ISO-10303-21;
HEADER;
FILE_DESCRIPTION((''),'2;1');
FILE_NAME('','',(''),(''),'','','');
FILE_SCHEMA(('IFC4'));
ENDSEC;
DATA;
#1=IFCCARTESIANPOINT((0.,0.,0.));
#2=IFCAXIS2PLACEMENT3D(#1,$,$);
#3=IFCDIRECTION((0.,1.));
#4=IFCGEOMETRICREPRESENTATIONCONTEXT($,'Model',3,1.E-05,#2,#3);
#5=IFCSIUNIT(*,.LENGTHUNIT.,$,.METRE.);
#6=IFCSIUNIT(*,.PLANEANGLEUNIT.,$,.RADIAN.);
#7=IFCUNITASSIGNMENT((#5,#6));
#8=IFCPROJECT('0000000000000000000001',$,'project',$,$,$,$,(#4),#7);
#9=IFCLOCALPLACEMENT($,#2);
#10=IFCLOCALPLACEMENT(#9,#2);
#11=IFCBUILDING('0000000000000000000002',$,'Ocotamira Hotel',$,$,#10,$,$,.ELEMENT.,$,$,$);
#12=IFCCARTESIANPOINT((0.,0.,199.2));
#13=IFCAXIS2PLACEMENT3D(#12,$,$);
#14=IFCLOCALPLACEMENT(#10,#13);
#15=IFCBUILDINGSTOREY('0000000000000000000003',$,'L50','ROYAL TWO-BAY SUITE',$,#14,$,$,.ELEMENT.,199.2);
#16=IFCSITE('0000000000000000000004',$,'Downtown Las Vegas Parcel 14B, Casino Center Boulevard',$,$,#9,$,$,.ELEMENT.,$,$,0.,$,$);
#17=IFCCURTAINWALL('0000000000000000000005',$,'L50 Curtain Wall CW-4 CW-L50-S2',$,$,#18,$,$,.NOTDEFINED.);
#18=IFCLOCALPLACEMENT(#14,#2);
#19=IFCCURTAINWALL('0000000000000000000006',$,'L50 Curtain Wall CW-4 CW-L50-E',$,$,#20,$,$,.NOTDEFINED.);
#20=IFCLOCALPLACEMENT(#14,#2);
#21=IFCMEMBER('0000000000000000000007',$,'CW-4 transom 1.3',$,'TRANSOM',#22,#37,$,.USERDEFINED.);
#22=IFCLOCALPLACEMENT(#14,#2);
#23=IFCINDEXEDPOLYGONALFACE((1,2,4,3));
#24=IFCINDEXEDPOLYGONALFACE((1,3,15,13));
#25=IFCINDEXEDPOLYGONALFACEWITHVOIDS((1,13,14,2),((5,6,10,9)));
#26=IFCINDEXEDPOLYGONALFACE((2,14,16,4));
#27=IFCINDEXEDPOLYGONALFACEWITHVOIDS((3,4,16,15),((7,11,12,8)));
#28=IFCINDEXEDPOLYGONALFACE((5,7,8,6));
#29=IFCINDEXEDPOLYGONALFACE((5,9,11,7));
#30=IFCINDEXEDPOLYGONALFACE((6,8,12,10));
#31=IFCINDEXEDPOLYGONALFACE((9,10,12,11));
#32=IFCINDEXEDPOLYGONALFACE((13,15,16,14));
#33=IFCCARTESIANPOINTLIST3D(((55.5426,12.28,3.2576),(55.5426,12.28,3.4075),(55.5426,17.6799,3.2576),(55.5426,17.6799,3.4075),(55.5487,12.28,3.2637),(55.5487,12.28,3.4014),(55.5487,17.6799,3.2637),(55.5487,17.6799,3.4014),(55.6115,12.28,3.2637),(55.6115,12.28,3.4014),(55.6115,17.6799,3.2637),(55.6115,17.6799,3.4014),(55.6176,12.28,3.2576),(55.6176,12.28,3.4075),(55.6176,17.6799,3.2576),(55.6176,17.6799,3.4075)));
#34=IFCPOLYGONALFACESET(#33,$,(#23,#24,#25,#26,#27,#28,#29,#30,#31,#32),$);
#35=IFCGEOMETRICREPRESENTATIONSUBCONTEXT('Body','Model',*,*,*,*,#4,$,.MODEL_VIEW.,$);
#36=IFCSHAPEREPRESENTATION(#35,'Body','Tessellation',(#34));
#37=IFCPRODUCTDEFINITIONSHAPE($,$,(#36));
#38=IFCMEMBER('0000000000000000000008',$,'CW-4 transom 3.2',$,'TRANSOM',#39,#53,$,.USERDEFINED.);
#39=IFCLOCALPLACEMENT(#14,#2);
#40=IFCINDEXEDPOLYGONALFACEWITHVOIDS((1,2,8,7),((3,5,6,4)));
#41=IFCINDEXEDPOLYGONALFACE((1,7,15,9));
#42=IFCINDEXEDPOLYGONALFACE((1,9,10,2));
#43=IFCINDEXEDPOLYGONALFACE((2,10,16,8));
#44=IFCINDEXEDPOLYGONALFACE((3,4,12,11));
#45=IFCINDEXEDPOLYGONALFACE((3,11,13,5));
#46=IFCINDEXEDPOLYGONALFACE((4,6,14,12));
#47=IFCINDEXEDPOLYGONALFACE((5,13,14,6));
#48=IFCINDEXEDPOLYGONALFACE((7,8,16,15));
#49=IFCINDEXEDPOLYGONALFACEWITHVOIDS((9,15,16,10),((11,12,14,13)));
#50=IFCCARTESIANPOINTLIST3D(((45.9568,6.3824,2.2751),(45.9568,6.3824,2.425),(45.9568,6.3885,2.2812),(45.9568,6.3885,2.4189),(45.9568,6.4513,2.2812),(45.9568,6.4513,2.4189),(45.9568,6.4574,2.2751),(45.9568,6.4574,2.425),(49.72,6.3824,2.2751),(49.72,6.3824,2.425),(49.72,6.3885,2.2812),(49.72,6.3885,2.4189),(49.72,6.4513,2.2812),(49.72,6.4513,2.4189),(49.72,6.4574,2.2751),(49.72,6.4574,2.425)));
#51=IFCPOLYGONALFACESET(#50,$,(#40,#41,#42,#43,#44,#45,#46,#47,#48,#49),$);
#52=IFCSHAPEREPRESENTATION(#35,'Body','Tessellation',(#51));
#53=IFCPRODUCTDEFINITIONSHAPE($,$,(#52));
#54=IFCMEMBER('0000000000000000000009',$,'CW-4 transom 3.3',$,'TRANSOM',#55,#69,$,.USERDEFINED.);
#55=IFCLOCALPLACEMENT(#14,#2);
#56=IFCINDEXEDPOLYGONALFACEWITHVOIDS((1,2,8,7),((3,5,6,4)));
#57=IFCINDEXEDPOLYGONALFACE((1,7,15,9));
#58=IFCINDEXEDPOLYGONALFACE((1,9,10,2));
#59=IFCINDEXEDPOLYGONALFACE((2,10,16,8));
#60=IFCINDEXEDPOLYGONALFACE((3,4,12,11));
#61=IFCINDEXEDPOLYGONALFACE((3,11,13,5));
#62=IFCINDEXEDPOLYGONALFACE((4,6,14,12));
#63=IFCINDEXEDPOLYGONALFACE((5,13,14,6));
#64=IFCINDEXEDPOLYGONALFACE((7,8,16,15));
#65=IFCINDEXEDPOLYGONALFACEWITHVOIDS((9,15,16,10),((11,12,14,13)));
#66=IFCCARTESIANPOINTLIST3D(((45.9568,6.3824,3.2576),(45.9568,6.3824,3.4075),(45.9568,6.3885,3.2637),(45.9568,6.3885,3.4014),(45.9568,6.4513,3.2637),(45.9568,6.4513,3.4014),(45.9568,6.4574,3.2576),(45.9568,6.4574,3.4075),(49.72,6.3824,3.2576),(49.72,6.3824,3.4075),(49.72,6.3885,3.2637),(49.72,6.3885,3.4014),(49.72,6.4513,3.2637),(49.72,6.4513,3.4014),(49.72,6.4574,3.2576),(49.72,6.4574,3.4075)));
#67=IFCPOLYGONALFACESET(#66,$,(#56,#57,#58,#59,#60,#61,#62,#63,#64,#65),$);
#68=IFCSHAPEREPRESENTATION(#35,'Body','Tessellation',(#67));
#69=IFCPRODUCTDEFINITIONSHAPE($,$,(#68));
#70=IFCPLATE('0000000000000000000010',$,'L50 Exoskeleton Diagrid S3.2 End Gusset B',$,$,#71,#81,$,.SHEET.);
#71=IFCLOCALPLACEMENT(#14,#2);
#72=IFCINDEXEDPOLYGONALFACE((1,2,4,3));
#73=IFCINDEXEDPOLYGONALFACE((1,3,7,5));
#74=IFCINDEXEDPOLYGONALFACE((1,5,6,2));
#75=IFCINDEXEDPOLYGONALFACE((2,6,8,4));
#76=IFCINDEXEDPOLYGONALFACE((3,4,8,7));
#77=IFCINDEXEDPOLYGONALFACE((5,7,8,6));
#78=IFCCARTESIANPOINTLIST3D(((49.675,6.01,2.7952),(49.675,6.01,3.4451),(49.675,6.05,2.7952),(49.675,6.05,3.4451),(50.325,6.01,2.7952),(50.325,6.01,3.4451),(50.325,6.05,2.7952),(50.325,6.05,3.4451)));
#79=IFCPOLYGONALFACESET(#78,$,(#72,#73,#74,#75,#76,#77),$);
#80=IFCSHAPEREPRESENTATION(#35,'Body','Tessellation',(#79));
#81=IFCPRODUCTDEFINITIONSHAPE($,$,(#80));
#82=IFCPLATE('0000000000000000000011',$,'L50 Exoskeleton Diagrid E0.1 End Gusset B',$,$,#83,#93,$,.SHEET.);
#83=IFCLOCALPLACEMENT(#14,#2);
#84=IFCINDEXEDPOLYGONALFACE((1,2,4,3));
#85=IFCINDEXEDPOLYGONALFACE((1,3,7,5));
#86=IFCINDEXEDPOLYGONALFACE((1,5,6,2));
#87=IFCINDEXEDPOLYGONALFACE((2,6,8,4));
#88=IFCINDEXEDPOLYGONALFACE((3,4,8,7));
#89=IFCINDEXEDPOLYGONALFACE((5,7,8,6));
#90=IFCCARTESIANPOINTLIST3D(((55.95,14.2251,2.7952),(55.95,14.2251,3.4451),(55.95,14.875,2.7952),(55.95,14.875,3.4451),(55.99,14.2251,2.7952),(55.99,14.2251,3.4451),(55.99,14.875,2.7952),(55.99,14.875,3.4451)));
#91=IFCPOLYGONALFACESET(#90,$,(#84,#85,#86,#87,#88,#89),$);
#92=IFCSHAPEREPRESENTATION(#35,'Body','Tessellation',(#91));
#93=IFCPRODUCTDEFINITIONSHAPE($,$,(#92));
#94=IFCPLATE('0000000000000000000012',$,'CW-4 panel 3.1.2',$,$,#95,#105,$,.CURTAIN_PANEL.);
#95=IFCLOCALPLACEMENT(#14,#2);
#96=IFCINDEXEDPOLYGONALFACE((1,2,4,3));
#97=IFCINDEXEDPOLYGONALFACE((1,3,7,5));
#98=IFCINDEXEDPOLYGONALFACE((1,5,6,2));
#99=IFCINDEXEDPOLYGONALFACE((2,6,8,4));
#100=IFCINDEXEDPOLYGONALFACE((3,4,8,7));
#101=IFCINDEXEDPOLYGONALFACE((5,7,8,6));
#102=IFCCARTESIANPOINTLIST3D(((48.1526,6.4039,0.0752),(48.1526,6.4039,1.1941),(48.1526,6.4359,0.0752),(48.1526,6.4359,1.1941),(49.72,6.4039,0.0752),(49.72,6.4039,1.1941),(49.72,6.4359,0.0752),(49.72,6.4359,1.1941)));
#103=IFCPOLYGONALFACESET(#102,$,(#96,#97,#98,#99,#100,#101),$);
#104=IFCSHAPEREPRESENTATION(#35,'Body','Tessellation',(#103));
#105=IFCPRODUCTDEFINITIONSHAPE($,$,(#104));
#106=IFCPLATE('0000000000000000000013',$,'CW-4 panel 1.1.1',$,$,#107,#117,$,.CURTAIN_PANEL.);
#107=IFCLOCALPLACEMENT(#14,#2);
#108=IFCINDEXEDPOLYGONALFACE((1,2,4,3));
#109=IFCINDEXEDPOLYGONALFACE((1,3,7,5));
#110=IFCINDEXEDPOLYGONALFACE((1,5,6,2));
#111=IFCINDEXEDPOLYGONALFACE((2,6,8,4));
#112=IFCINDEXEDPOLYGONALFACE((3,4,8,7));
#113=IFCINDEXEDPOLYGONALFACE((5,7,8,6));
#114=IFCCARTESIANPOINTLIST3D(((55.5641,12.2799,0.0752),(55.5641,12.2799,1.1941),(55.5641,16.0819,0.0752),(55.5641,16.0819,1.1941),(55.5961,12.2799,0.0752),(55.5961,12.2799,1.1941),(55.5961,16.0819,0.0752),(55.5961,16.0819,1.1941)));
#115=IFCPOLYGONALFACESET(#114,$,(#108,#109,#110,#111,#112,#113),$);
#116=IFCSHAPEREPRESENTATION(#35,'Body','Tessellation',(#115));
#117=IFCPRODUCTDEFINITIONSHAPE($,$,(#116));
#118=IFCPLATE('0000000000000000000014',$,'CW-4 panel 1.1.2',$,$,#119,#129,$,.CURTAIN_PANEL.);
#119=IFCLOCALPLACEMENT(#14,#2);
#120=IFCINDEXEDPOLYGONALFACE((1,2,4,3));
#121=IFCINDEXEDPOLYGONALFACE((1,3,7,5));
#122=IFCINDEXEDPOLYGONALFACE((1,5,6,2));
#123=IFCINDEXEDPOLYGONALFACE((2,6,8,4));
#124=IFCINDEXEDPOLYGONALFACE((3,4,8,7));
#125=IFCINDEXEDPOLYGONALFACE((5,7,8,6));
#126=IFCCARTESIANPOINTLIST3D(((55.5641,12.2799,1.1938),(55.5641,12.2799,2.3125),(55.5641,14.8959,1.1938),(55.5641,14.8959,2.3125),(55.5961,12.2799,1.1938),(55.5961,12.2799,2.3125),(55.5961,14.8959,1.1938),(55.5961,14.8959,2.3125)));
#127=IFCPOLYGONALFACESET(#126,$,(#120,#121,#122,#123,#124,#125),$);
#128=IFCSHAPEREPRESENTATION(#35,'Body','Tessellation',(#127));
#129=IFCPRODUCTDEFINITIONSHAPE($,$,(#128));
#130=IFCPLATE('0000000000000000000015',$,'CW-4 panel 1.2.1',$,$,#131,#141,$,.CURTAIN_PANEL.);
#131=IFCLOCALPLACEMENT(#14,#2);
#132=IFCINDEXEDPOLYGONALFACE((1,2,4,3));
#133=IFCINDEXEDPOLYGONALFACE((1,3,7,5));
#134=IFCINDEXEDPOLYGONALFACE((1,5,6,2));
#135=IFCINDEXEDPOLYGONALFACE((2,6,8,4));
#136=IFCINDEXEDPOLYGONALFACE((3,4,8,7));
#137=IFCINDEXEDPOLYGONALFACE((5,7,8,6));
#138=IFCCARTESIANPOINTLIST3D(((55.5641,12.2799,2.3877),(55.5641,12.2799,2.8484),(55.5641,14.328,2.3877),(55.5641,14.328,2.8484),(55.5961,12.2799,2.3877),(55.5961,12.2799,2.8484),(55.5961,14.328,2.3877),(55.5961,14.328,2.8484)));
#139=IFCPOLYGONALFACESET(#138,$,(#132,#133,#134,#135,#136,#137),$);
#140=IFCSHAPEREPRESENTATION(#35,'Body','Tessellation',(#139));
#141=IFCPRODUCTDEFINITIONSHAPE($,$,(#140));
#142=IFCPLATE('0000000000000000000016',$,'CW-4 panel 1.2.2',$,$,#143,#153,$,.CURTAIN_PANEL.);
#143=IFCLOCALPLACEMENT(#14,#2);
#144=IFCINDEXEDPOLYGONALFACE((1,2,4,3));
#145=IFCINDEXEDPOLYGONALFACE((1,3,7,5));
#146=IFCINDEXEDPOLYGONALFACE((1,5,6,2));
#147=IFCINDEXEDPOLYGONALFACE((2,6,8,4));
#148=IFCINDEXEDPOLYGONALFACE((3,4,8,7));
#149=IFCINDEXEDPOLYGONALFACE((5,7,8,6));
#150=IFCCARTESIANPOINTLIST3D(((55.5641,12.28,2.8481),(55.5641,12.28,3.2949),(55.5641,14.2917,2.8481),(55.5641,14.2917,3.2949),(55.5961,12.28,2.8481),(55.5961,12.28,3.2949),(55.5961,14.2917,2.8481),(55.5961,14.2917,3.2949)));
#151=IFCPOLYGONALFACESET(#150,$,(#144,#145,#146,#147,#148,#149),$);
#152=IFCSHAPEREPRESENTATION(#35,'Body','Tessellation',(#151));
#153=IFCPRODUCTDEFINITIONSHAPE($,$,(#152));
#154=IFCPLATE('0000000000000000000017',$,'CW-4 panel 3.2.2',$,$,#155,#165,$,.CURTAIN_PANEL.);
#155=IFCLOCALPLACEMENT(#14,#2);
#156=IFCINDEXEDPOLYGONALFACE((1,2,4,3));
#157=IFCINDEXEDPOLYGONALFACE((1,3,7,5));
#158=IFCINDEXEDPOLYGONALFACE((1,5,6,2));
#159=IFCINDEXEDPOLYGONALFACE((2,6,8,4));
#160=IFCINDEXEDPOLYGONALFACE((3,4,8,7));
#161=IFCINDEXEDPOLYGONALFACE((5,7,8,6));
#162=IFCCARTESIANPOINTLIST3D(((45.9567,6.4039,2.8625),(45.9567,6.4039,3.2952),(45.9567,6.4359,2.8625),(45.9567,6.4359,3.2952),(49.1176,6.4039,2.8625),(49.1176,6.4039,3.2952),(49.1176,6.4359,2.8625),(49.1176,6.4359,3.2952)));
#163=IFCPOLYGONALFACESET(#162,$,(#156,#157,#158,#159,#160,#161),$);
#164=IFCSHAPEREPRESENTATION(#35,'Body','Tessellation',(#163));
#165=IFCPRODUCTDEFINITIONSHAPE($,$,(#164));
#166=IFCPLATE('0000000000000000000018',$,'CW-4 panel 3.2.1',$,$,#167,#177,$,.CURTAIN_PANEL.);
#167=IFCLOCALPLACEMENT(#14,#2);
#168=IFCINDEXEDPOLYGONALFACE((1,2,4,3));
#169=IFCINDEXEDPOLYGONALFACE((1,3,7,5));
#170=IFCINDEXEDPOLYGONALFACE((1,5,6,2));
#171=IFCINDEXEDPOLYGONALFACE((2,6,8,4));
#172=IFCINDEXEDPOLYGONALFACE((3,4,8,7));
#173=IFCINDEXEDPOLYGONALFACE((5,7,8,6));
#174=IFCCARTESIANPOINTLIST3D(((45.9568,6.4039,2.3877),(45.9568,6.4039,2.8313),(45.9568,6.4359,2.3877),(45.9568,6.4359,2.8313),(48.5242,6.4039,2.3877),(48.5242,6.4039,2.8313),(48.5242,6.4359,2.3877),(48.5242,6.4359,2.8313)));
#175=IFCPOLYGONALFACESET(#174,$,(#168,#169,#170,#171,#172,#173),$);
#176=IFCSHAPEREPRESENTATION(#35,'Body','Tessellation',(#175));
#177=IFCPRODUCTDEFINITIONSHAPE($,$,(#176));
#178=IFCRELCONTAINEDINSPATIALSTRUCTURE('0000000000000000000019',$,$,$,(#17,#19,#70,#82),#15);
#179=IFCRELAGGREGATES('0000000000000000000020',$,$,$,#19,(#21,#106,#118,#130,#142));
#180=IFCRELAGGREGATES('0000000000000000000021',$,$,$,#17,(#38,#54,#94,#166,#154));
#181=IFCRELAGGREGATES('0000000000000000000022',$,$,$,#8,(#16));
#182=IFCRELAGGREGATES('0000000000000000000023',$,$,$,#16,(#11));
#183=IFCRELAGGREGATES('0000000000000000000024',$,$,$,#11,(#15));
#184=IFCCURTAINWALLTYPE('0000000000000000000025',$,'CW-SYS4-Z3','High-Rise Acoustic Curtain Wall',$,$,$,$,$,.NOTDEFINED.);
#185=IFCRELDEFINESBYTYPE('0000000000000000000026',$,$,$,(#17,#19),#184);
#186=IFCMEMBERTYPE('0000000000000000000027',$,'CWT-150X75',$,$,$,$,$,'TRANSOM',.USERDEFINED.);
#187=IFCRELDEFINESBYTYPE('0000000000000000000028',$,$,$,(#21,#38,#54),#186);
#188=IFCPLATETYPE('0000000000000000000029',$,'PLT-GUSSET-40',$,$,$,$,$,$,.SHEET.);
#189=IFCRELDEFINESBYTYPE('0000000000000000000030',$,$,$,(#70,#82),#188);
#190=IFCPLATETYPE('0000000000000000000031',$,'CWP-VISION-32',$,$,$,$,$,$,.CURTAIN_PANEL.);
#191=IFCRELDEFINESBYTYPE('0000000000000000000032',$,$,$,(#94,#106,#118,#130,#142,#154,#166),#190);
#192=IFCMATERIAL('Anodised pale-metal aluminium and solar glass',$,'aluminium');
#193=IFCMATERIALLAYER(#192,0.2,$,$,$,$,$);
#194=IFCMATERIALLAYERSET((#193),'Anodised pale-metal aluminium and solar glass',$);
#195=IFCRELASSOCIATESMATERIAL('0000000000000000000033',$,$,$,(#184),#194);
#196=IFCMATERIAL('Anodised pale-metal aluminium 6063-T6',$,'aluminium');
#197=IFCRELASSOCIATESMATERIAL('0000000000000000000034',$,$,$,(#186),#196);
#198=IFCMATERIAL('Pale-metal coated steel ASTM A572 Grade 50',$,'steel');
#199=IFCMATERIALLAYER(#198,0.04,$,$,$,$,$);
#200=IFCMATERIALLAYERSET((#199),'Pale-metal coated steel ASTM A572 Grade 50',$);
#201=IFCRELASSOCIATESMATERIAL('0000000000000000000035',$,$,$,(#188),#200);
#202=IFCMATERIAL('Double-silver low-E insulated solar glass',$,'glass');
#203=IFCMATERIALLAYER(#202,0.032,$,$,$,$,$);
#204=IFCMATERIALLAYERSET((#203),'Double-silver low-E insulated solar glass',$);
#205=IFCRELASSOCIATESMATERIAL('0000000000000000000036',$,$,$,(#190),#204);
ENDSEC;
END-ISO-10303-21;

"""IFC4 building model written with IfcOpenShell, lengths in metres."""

from ifc_helpers import new_model, si_unit, direction, frame, origin, origin_2d, place, context, subcontext, project, spatial, rectangle, hollow_rectangle, extrude, source, transform, mapped, material, layer, layer_set, material_profile, profile_set, type_object, element, aggregate, save


model = new_model("IFC4")

# Units and contexts
model_context = context("Model", 3, precision=1e-05, world=origin(), true_north=direction((0.0, 1.0)))
body_context = subcontext(model_context, "Body", "Model", "MODEL_VIEW")
ifc_project = project(units=[si_unit("LENGTHUNIT", "METRE"), si_unit("PLANEANGLEUNIT", "RADIAN")], contexts=[model_context])

# Site, building, storey
site_placement = place(None, origin())
site = spatial("IfcSite", under=ifc_project, at=site_placement, Name="Downtown Las Vegas Parcel 14B, Casino Center Boulevard", CompositionType="ELEMENT", RefElevation=0.0)
building_placement = place(site_placement, origin())
building = spatial("IfcBuilding", under=site, at=building_placement, Name="Ocotamira Hotel", CompositionType="ELEMENT")
storey_placement = place(building_placement, frame((0.0, 0.0, 199.2)))
storey = spatial("IfcBuildingStorey", under=building, at=storey_placement, Name="L50", Description="ROYAL TWO-BAY SUITE", CompositionType="ELEMENT", Elevation=199.2)

# Curtain wall
ifc_material_1 = material(Name="Anodised pale-metal aluminium and solar glass", Category="aluminium")
ifc_layer_1 = layer(ifc_material_1, 0.2)
ifc_layer_set_1 = layer_set([ifc_layer_1], Name="Anodised pale-metal aluminium and solar glass")
curtain_wall_type = type_object("IfcCurtainWallType", Name="CW-SYS4-Z3", Description="High-Rise Acoustic Curtain Wall", PredefinedType="NOTDEFINED", material=ifc_layer_set_1)
curtain_wall_1_placement = place(storey_placement, origin())
curtain_wall_1 = element("IfcCurtainWall", 1, at=curtain_wall_1_placement, inside=storey, type_object=curtain_wall_type, Name="L50 Curtain Wall CW-4 CW-L50-S2", PredefinedType="NOTDEFINED")
ifc_material_2 = material(Name="Anodised pale-metal aluminium 6063-T6", Category="aluminium")

# Curtain wall, member
curtain_wall_2_placement = place(storey_placement, origin())
curtain_wall_2 = element("IfcCurtainWall", 2, at=curtain_wall_2_placement, inside=storey, type_object=curtain_wall_type, Name="L50 Curtain Wall CW-4 CW-L50-E", PredefinedType="NOTDEFINED")
ifc_material_profile_1 = material_profile(ifc_material_2, hollow_rectangle(XDim=0.075, YDim=0.1499, WallThickness=0.0061, at=origin_2d()), Name="HSS150X75X6")
ifc_profile_set_1 = profile_set([ifc_material_profile_1], Name="Anodised pale-metal aluminium 6063-T6")
member_type_1 = type_object("IfcMemberType", Name="CWT-150X75", ElementType="TRANSOM", PredefinedType="USERDEFINED", material=ifc_profile_set_1)
shared_shape_1 = source(origin(), body_context, "Body", "SweptSolid", [
    extrude(hollow_rectangle(XDim=0.075, YDim=0.1499, WallThickness=0.0061, at=origin_2d()), origin(), (0.0, 0.0, 1.0), 5.3999),
])
member_1_placement = place(storey_placement, frame((55.5801, 12.28, 3.3325), z_axis=(0.0, 1.0, 0.0), x_axis=(-1.0, 0.0, 0.0)))
member_1 = element("IfcMember", 3, at=member_1_placement, type_object=member_type_1, Name="CW-4 transom 1.3", ObjectType="TRANSOM", PredefinedType="USERDEFINED", context=body_context, shape_type="MappedRepresentation", body=[
    mapped(shared_shape_1, transform((0.0, 0.0, 0.0), scale=1.0)),
])

# Members
shared_shape_2 = source(origin(), body_context, "Body", "SweptSolid", [
    extrude(hollow_rectangle(XDim=0.075, YDim=0.1499, WallThickness=0.0061, at=origin_2d()), origin(), (0.0, 0.0, 1.0), 3.7632),
])
member_2_placement = place(storey_placement, frame((45.9568, 6.4199, 2.3501), z_axis=(1.0, 0.0, 0.0), x_axis=(0.0, 1.0, 0.0)))
member_2 = element("IfcMember", 4, at=member_2_placement, type_object=member_type_1, Name="CW-4 transom 3.2", ObjectType="TRANSOM", PredefinedType="USERDEFINED", context=body_context, shape_type="MappedRepresentation", body=[
    mapped(shared_shape_2, transform((0.0, 0.0, 0.0), scale=1.0)),
])
member_3_placement = place(storey_placement, frame((45.9568, 6.4199, 3.3325), z_axis=(1.0, 0.0, 0.0), x_axis=(0.0, 1.0, 0.0)))
member_3 = element("IfcMember", 5, at=member_3_placement, type_object=member_type_1, Name="CW-4 transom 3.3", ObjectType="TRANSOM", PredefinedType="USERDEFINED", context=body_context, shape_type="MappedRepresentation", body=[
    mapped(shared_shape_2, transform((0.0, 0.0, 0.0), scale=1.0)),
])

# Plates
ifc_material_3 = material(Name="Pale-metal coated steel ASTM A572 Grade 50", Category="steel")
ifc_layer_2 = layer(ifc_material_3, 0.04)
ifc_layer_set_2 = layer_set([ifc_layer_2], Name="Pale-metal coated steel ASTM A572 Grade 50")
plate_type_1 = type_object("IfcPlateType", Name="PLT-GUSSET-40", PredefinedType="SHEET", material=ifc_layer_set_2)
shared_shape_3 = source(origin(), body_context, "Body", "SweptSolid", [
    extrude(rectangle(XDim=0.6499, YDim=0.04, at=origin_2d()), origin(), (0.0, 0.0, 1.0), 0.6499),
])
plate_1_placement = place(storey_placement, frame((50.0, 6.03, 2.7952), z_axis=(0.0, 0.0, 1.0), x_axis=(1.0, 0.0, 0.0)))
element("IfcPlate", 6, at=plate_1_placement, inside=storey, type_object=plate_type_1, Name="L50 Exoskeleton Diagrid S3.2 End Gusset B", PredefinedType="SHEET", context=body_context, shape_type="MappedRepresentation", body=[
    mapped(shared_shape_3, transform((0.0, 0.0, 0.0), scale=1.0)),
])
shared_shape_4 = source(origin(), body_context, "Body", "SweptSolid", [
    extrude(rectangle(XDim=0.04, YDim=0.6499, at=origin_2d()), origin(), (0.0, 0.0, 1.0), 0.6499),
])
plate_2_placement = place(storey_placement, frame((55.97, 14.55, 2.7952), z_axis=(0.0, 0.0, 1.0), x_axis=(1.0, 0.0, 0.0)))
element("IfcPlate", 7, at=plate_2_placement, inside=storey, type_object=plate_type_1, Name="L50 Exoskeleton Diagrid E0.1 End Gusset B", PredefinedType="SHEET", context=body_context, shape_type="MappedRepresentation", body=[
    mapped(shared_shape_4, transform((0.0, 0.0, 0.0), scale=1.0)),
])

# Plates
ifc_material_4 = material(Name="Double-silver low-E insulated solar glass", Category="glass")
ifc_layer_3 = layer(ifc_material_4, 0.032)
ifc_layer_set_3 = layer_set([ifc_layer_3], Name="Double-silver low-E insulated solar glass")
plate_type_2 = type_object("IfcPlateType", Name="CWP-VISION-32", PredefinedType="CURTAIN_PANEL", material=ifc_layer_set_3)
shared_shape_5 = source(origin(), body_context, "Body", "SweptSolid", [
    extrude(rectangle(XDim=1.5674, YDim=0.032, at=origin_2d()), origin(), (0.0, 0.0, 1.0), 1.1189),
])
plate_3_placement = place(storey_placement, frame((48.9363, 6.4199, 0.0752), z_axis=(0.0, 0.0, 1.0), x_axis=(1.0, 0.0, 0.0)))
plate_3 = element("IfcPlate", 8, at=plate_3_placement, type_object=plate_type_2, Name="CW-4 panel 3.1.2", PredefinedType="CURTAIN_PANEL", context=body_context, shape_type="MappedRepresentation", body=[
    mapped(shared_shape_5, transform((0.0, 0.0, 0.0), scale=1.0)),
])
shared_shape_6 = source(origin(), body_context, "Body", "SweptSolid", [
    extrude(rectangle(XDim=3.802, YDim=0.032, at=origin_2d()), origin(), (0.0, 0.0, 1.0), 1.1189),
])
plate_4_placement = place(storey_placement, frame((55.5801, 14.1809, 0.0752), z_axis=(0.0, 0.0, 1.0), x_axis=(0.0, 1.0, 0.0)))
plate_4 = element("IfcPlate", 9, at=plate_4_placement, type_object=plate_type_2, Name="CW-4 panel 1.1.1", PredefinedType="CURTAIN_PANEL", context=body_context, shape_type="MappedRepresentation", body=[
    mapped(shared_shape_6, transform((0.0, 0.0, 0.0), scale=1.0)),
])
shared_shape_7 = source(origin(), body_context, "Body", "SweptSolid", [
    extrude(rectangle(XDim=2.616, YDim=0.032, at=origin_2d()), origin(), (0.0, 0.0, 1.0), 1.1187),
])
plate_5_placement = place(storey_placement, frame((55.5801, 13.5879, 1.1938), z_axis=(0.0, 0.0, 1.0), x_axis=(0.0, 1.0, 0.0)))
plate_5 = element("IfcPlate", 10, at=plate_5_placement, type_object=plate_type_2, Name="CW-4 panel 1.1.2", PredefinedType="CURTAIN_PANEL", context=body_context, shape_type="MappedRepresentation", body=[
    mapped(shared_shape_7, transform((0.0, 0.0, 0.0), scale=1.0)),
])
shared_shape_8 = source(origin(), body_context, "Body", "SweptSolid", [
    extrude(rectangle(XDim=2.0481, YDim=0.032, at=origin_2d()), origin(), (0.0, 0.0, 1.0), 0.4607),
])
plate_6_placement = place(storey_placement, frame((55.5801, 13.304, 2.3877), z_axis=(0.0, 0.0, 1.0), x_axis=(0.0, 1.0, 0.0)))
plate_6 = element("IfcPlate", 11, at=plate_6_placement, type_object=plate_type_2, Name="CW-4 panel 1.2.1", PredefinedType="CURTAIN_PANEL", context=body_context, shape_type="MappedRepresentation", body=[
    mapped(shared_shape_8, transform((0.0, 0.0, 0.0), scale=1.0)),
])
shared_shape_9 = source(origin(), body_context, "Body", "SweptSolid", [
    extrude(rectangle(XDim=2.0117, YDim=0.032, at=origin_2d()), origin(), (0.0, 0.0, 1.0), 0.4468),
])
plate_7_placement = place(storey_placement, frame((55.5801, 13.2859, 2.8481), z_axis=(0.0, 0.0, 1.0), x_axis=(0.0, 1.0, 0.0)))
plate_7 = element("IfcPlate", 12, at=plate_7_placement, type_object=plate_type_2, Name="CW-4 panel 1.2.2", PredefinedType="CURTAIN_PANEL", context=body_context, shape_type="MappedRepresentation", body=[
    mapped(shared_shape_9, transform((0.0, 0.0, 0.0), scale=1.0)),
])
aggregate(curtain_wall_2, [member_1, plate_4, plate_5, plate_6, plate_7])
shared_shape_10 = source(origin(), body_context, "Body", "SweptSolid", [
    extrude(rectangle(XDim=3.1609, YDim=0.032, at=origin_2d()), origin(), (0.0, 0.0, 1.0), 0.4326),
])
plate_8_placement = place(storey_placement, frame((47.5371, 6.4199, 2.8625), z_axis=(0.0, 0.0, 1.0), x_axis=(1.0, 0.0, 0.0)))
plate_8 = element("IfcPlate", 13, at=plate_8_placement, type_object=plate_type_2, Name="CW-4 panel 3.2.2", PredefinedType="CURTAIN_PANEL", context=body_context, shape_type="MappedRepresentation", body=[
    mapped(shared_shape_10, transform((0.0, 0.0, 0.0), scale=1.0)),
])
shared_shape_11 = source(origin(), body_context, "Body", "SweptSolid", [
    extrude(rectangle(XDim=2.5674, YDim=0.032, at=origin_2d()), origin(), (0.0, 0.0, 1.0), 0.4436),
])
plate_9_placement = place(storey_placement, frame((47.2405, 6.4199, 2.3877), z_axis=(0.0, 0.0, 1.0), x_axis=(1.0, 0.0, 0.0)))
plate_9 = element("IfcPlate", 14, at=plate_9_placement, type_object=plate_type_2, Name="CW-4 panel 3.2.1", PredefinedType="CURTAIN_PANEL", context=body_context, shape_type="MappedRepresentation", body=[
    mapped(shared_shape_11, transform((0.0, 0.0, 0.0), scale=1.0)),
])
aggregate(curtain_wall_1, [member_2, member_3, plate_3, plate_9, plate_8])

save(model, "model.ifc")
